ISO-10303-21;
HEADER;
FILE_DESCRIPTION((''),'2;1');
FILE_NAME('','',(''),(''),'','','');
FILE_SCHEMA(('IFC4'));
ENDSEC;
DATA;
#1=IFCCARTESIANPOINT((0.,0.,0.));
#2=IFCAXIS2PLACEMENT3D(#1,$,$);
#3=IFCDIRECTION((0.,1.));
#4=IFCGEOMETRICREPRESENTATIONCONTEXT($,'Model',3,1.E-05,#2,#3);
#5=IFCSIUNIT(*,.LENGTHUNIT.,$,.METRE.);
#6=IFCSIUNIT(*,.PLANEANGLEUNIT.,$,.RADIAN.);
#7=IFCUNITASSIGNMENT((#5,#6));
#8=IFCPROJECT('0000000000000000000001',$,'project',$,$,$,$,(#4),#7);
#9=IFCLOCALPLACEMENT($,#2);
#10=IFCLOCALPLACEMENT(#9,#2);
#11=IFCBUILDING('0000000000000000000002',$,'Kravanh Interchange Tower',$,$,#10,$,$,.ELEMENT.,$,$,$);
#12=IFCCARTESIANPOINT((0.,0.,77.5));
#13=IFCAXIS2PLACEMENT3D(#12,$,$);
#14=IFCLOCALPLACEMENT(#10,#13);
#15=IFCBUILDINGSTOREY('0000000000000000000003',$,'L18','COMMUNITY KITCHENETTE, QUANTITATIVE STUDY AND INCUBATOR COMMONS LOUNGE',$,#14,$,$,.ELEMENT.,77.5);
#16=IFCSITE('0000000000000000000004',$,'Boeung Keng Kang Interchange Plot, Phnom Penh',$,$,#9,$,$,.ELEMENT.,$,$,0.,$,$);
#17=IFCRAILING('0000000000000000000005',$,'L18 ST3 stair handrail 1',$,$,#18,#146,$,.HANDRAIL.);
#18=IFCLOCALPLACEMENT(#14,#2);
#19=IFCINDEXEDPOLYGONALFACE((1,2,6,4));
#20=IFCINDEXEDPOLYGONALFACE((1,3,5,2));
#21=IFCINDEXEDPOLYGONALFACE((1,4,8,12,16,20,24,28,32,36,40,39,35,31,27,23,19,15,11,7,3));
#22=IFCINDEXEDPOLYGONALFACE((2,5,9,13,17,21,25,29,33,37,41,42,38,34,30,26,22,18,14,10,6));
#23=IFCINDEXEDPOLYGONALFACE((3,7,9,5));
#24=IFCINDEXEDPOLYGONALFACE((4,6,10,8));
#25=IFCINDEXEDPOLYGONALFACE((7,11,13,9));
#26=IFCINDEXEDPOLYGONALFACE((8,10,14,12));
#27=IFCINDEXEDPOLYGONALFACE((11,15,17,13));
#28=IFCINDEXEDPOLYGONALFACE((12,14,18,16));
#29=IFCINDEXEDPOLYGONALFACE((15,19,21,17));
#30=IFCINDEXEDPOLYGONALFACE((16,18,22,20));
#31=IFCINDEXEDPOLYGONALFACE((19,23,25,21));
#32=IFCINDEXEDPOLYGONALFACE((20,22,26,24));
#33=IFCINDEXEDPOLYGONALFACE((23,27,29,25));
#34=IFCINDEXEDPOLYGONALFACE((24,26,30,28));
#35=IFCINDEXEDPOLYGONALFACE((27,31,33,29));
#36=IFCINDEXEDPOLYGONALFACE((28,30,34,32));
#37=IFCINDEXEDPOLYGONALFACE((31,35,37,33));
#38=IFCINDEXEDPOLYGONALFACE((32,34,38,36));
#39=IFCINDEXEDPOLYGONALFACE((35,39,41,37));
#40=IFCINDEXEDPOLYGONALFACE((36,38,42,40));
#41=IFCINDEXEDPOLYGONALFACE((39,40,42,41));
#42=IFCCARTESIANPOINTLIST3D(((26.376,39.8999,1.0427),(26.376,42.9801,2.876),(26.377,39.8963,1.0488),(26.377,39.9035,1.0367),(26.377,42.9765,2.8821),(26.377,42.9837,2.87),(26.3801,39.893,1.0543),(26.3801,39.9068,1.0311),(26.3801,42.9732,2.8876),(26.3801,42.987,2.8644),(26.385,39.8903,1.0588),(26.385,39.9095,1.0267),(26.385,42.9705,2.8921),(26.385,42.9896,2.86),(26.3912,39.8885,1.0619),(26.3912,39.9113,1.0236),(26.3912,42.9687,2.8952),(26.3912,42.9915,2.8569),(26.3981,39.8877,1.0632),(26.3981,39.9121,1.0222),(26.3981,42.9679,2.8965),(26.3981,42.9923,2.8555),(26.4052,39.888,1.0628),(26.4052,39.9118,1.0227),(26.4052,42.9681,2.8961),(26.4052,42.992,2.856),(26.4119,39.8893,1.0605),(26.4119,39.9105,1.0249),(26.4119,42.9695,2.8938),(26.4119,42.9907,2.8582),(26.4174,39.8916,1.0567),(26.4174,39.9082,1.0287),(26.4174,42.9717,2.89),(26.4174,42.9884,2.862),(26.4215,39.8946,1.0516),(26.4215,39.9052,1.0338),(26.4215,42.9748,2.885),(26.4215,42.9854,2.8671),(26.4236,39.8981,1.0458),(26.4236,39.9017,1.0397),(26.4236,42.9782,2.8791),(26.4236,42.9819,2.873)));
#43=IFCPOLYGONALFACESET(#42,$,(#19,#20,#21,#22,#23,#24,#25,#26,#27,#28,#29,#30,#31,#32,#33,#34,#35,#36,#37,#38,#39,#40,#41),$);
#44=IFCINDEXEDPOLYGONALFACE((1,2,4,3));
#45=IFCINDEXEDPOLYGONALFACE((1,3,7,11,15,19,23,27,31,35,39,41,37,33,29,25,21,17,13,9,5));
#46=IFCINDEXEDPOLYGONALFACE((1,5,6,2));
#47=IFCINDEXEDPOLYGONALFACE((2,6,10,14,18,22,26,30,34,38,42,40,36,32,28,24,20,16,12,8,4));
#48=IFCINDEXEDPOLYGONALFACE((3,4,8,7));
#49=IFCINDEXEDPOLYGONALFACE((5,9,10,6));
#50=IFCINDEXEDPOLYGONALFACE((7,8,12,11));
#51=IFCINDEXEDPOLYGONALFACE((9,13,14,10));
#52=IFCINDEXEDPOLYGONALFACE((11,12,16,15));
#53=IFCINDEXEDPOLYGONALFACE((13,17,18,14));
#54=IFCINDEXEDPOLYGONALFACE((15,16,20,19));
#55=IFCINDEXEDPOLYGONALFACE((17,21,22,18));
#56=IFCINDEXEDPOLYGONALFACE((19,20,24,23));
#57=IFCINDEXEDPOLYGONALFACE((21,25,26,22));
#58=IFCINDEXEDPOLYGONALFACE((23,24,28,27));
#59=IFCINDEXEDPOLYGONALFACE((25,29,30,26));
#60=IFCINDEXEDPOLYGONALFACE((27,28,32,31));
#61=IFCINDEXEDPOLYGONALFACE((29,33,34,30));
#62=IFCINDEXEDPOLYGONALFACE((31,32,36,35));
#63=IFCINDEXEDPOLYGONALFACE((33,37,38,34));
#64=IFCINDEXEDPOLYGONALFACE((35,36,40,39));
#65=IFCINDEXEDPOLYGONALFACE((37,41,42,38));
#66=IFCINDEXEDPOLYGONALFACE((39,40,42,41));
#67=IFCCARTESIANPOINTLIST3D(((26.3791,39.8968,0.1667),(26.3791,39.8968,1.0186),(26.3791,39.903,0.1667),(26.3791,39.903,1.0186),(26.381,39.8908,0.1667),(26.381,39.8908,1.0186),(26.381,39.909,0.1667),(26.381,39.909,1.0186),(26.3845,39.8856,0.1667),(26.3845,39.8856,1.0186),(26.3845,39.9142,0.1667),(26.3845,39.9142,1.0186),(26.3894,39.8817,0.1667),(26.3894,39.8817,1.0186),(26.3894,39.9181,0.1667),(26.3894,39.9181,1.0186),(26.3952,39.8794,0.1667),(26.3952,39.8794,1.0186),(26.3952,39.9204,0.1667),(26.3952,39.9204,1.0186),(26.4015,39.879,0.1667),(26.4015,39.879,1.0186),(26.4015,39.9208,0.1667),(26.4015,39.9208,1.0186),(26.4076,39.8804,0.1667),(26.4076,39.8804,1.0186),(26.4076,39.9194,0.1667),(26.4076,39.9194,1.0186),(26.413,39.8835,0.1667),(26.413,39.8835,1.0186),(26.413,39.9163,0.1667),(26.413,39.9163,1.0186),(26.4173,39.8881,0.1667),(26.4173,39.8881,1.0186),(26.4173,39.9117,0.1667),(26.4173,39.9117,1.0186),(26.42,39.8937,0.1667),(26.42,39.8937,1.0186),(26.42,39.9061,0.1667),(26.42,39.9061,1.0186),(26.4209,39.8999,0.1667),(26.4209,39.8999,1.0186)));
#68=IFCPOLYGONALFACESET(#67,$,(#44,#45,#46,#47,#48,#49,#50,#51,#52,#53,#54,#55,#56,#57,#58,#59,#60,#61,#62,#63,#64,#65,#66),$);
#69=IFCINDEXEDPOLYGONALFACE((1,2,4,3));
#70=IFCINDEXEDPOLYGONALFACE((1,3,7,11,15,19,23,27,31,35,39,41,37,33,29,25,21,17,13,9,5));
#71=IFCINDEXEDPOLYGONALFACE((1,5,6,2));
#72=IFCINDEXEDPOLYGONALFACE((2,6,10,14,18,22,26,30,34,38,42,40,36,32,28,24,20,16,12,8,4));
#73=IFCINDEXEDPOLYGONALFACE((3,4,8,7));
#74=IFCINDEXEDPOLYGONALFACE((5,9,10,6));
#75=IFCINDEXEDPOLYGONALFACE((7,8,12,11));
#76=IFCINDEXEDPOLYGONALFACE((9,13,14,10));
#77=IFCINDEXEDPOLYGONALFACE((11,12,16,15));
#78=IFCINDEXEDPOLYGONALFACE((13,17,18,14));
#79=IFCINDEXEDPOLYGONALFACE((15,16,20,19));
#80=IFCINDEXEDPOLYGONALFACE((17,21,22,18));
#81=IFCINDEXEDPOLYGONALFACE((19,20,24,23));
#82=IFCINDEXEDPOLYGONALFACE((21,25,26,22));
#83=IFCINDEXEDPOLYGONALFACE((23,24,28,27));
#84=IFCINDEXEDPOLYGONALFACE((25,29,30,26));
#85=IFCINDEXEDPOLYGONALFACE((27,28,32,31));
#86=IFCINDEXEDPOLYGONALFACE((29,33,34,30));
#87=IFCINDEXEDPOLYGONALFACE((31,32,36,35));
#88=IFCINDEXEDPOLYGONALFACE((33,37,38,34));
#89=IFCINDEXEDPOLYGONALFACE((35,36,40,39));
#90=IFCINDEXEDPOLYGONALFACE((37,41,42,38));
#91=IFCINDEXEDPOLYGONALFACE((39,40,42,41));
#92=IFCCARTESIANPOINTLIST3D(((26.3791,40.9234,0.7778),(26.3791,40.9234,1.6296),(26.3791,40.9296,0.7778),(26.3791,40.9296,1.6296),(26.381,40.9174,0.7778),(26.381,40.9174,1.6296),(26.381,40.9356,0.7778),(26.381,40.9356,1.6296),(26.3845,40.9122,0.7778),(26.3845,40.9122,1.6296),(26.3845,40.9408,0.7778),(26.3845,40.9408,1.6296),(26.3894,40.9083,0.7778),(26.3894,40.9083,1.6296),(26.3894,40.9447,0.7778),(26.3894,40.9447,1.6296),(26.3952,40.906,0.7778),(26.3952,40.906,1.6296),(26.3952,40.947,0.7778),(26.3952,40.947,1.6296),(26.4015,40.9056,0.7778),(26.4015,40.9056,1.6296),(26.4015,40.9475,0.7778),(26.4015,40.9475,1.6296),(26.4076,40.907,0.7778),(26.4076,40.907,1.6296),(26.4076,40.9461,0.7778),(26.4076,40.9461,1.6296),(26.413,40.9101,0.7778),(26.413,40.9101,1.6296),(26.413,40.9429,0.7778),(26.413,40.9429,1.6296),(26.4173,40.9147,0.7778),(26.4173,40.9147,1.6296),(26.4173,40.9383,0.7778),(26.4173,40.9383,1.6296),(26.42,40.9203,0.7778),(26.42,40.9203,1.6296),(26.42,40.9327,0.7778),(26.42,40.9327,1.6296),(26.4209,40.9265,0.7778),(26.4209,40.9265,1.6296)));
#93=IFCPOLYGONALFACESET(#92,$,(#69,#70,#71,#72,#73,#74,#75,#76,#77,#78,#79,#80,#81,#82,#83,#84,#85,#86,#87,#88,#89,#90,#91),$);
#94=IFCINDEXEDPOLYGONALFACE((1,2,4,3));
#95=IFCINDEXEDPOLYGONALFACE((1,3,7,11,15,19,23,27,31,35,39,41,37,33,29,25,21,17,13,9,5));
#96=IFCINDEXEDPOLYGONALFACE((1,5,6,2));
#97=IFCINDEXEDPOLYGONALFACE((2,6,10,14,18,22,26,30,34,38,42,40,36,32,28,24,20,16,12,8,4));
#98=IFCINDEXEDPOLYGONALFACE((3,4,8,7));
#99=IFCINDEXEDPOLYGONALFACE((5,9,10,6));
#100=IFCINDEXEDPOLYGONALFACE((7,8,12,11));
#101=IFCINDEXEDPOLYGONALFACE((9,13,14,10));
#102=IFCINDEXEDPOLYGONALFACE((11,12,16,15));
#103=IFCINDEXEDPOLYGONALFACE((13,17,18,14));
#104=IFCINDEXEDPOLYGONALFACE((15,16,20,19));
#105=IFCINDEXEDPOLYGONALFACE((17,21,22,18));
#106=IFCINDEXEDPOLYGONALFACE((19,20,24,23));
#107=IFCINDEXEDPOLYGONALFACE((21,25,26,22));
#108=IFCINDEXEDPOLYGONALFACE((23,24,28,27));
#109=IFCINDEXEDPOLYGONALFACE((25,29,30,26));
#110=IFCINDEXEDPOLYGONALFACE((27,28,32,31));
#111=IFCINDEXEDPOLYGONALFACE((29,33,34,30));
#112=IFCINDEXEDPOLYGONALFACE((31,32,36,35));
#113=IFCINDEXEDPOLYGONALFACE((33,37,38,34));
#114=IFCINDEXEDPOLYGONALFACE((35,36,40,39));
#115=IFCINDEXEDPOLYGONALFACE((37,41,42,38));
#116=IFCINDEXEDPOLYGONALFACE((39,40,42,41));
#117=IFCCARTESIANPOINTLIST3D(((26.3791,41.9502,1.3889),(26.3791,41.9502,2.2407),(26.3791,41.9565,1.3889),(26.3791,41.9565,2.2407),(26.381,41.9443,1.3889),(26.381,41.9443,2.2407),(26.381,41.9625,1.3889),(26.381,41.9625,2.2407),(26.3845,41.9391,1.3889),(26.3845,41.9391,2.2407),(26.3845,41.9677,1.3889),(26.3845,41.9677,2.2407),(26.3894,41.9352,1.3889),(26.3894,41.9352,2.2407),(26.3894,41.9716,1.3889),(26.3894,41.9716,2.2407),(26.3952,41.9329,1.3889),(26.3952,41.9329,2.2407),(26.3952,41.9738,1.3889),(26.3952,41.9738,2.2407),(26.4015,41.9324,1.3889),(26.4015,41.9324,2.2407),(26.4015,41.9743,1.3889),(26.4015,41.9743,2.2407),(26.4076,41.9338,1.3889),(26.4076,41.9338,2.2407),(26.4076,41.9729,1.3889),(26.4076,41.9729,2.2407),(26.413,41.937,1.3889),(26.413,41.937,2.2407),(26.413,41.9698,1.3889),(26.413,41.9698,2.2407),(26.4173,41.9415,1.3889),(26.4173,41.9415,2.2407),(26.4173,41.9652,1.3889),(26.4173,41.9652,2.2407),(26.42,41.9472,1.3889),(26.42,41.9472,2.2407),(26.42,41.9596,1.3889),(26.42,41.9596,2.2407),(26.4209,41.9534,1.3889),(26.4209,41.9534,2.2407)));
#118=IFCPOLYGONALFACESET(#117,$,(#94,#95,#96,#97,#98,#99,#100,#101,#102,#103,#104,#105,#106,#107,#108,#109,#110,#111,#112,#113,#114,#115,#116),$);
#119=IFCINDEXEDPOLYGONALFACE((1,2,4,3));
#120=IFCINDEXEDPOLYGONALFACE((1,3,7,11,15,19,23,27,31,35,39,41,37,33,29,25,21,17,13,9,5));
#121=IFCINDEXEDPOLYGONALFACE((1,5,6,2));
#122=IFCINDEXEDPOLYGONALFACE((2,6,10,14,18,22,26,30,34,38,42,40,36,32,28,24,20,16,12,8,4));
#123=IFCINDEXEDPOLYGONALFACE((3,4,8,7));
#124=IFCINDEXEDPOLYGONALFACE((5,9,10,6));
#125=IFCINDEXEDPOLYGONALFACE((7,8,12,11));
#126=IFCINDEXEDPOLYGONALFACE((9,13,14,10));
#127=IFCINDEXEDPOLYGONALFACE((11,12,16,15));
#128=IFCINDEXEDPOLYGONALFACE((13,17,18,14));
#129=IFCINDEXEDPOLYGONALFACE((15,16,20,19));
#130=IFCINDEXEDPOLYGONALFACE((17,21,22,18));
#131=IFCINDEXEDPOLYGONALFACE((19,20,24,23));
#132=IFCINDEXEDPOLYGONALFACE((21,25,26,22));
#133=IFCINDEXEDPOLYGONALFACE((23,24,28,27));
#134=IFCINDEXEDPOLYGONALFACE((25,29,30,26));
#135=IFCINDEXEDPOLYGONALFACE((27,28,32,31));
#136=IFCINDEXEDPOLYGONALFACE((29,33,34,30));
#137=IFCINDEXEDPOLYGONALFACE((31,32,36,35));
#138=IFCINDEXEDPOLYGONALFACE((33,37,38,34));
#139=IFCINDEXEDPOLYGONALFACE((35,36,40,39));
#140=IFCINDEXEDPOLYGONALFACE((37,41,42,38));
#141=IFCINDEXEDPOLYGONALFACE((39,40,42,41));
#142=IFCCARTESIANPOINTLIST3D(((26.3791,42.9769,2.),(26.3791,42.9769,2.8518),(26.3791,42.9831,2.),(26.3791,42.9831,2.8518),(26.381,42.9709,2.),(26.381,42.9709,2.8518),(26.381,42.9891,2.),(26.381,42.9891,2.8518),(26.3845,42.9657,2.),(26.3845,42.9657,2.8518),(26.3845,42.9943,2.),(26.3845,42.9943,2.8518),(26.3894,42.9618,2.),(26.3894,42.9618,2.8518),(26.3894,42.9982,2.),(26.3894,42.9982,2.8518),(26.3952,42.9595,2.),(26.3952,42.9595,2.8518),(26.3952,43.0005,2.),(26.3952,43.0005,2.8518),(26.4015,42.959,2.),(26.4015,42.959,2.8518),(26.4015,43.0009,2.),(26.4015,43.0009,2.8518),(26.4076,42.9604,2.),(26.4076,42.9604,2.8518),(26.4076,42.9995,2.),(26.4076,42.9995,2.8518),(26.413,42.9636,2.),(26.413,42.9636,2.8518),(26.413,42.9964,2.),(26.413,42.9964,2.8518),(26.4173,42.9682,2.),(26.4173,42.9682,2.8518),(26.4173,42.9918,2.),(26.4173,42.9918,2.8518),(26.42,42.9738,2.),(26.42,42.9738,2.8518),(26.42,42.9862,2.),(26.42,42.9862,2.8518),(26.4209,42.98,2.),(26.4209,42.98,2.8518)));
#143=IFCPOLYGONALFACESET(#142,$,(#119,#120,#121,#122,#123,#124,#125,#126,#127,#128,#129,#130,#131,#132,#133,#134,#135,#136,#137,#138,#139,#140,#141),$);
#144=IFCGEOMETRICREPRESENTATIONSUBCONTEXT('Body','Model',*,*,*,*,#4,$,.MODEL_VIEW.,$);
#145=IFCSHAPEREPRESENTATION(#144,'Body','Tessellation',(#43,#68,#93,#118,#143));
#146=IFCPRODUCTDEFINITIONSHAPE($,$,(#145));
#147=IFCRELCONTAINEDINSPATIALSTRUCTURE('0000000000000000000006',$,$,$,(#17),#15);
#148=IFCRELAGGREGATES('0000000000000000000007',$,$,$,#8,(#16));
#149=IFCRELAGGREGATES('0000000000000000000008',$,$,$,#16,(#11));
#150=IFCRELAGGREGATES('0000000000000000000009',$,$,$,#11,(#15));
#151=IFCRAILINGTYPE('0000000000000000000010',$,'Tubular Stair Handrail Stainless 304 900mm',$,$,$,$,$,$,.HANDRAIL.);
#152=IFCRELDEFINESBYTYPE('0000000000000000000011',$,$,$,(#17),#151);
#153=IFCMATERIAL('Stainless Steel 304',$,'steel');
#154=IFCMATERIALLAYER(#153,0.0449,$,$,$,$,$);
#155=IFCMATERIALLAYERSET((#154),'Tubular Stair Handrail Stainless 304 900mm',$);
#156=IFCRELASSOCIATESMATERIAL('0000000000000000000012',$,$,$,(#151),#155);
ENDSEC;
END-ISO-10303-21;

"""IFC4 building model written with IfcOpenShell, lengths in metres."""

from ifc_helpers import new_model, si_unit, direction, frame, origin, origin_2d, place, context, subcontext, project, spatial, circle, extrude, material, layer, layer_set, type_object, element, save


model = new_model("IFC4")

# Units and contexts
model_context = context("Model", 3, precision=1e-05, world=origin(), true_north=direction((0.0, 1.0)))
body_context = subcontext(model_context, "Body", "Model", "MODEL_VIEW")
ifc_project = project(units=[si_unit("LENGTHUNIT", "METRE"), si_unit("PLANEANGLEUNIT", "RADIAN")], contexts=[model_context])

# Site, building, storey
site_placement = place(None, origin())
site = spatial("IfcSite", under=ifc_project, at=site_placement, Name="Boeung Keng Kang Interchange Plot, Phnom Penh", CompositionType="ELEMENT", RefElevation=0.0)
building_placement = place(site_placement, origin())
building = spatial("IfcBuilding", under=site, at=building_placement, Name="Kravanh Interchange Tower", CompositionType="ELEMENT")
storey_placement = place(building_placement, frame((0.0, 0.0, 77.5)))
storey = spatial("IfcBuildingStorey", under=building, at=storey_placement, Name="L18", Description="COMMUNITY KITCHENETTE, QUANTITATIVE STUDY AND INCUBATOR COMMONS LOUNGE", CompositionType="ELEMENT", Elevation=77.5)

# Railing
ifc_material_1 = material(Name="Stainless Steel 304", Category="steel")
ifc_layer_1 = layer(ifc_material_1, 0.0449)
ifc_layer_set_1 = layer_set([ifc_layer_1], Name="Tubular Stair Handrail Stainless 304 900mm")
railing_type_1 = type_object("IfcRailingType", Name="Tubular Stair Handrail Stainless 304 900mm", PredefinedType="HANDRAIL", material=ifc_layer_set_1)
railing_1_placement = place(storey_placement, frame((26.3999, 39.8999, 0.1667)))
element("IfcRailing", 1, at=railing_1_placement, inside=storey, type_object=railing_type_1, Name="L18 ST3 stair handrail 1", PredefinedType="HANDRAIL", context=body_context, shape_type="SweptSolid", body=[
    extrude(circle(Radius=0.0239, at=origin_2d()), frame((0.0, 0.0, 0.876), z_axis=(0.0, 0.859309, 0.511458), x_axis=(-1.0, 0.0, 0.0)), (0.0, 0.0, 1.0), 3.5845),
    extrude(circle(Radius=0.021, at=origin_2d()), origin(), (0.0, 0.0, 1.0), 0.8518),
    extrude(circle(Radius=0.021, at=origin_2d()), frame((0.0, 1.0266, 0.6111)), (0.0, 0.0, 1.0), 0.8518),
    extrude(circle(Radius=0.021, at=origin_2d()), frame((0.0, 2.0535, 1.2222)), (0.0, 0.0, 1.0), 0.8518),
    extrude(circle(Radius=0.021, at=origin_2d()), frame((0.0, 3.0801, 1.8333)), (0.0, 0.0, 1.0), 0.8518),
])

save(model, "model.ifc")
